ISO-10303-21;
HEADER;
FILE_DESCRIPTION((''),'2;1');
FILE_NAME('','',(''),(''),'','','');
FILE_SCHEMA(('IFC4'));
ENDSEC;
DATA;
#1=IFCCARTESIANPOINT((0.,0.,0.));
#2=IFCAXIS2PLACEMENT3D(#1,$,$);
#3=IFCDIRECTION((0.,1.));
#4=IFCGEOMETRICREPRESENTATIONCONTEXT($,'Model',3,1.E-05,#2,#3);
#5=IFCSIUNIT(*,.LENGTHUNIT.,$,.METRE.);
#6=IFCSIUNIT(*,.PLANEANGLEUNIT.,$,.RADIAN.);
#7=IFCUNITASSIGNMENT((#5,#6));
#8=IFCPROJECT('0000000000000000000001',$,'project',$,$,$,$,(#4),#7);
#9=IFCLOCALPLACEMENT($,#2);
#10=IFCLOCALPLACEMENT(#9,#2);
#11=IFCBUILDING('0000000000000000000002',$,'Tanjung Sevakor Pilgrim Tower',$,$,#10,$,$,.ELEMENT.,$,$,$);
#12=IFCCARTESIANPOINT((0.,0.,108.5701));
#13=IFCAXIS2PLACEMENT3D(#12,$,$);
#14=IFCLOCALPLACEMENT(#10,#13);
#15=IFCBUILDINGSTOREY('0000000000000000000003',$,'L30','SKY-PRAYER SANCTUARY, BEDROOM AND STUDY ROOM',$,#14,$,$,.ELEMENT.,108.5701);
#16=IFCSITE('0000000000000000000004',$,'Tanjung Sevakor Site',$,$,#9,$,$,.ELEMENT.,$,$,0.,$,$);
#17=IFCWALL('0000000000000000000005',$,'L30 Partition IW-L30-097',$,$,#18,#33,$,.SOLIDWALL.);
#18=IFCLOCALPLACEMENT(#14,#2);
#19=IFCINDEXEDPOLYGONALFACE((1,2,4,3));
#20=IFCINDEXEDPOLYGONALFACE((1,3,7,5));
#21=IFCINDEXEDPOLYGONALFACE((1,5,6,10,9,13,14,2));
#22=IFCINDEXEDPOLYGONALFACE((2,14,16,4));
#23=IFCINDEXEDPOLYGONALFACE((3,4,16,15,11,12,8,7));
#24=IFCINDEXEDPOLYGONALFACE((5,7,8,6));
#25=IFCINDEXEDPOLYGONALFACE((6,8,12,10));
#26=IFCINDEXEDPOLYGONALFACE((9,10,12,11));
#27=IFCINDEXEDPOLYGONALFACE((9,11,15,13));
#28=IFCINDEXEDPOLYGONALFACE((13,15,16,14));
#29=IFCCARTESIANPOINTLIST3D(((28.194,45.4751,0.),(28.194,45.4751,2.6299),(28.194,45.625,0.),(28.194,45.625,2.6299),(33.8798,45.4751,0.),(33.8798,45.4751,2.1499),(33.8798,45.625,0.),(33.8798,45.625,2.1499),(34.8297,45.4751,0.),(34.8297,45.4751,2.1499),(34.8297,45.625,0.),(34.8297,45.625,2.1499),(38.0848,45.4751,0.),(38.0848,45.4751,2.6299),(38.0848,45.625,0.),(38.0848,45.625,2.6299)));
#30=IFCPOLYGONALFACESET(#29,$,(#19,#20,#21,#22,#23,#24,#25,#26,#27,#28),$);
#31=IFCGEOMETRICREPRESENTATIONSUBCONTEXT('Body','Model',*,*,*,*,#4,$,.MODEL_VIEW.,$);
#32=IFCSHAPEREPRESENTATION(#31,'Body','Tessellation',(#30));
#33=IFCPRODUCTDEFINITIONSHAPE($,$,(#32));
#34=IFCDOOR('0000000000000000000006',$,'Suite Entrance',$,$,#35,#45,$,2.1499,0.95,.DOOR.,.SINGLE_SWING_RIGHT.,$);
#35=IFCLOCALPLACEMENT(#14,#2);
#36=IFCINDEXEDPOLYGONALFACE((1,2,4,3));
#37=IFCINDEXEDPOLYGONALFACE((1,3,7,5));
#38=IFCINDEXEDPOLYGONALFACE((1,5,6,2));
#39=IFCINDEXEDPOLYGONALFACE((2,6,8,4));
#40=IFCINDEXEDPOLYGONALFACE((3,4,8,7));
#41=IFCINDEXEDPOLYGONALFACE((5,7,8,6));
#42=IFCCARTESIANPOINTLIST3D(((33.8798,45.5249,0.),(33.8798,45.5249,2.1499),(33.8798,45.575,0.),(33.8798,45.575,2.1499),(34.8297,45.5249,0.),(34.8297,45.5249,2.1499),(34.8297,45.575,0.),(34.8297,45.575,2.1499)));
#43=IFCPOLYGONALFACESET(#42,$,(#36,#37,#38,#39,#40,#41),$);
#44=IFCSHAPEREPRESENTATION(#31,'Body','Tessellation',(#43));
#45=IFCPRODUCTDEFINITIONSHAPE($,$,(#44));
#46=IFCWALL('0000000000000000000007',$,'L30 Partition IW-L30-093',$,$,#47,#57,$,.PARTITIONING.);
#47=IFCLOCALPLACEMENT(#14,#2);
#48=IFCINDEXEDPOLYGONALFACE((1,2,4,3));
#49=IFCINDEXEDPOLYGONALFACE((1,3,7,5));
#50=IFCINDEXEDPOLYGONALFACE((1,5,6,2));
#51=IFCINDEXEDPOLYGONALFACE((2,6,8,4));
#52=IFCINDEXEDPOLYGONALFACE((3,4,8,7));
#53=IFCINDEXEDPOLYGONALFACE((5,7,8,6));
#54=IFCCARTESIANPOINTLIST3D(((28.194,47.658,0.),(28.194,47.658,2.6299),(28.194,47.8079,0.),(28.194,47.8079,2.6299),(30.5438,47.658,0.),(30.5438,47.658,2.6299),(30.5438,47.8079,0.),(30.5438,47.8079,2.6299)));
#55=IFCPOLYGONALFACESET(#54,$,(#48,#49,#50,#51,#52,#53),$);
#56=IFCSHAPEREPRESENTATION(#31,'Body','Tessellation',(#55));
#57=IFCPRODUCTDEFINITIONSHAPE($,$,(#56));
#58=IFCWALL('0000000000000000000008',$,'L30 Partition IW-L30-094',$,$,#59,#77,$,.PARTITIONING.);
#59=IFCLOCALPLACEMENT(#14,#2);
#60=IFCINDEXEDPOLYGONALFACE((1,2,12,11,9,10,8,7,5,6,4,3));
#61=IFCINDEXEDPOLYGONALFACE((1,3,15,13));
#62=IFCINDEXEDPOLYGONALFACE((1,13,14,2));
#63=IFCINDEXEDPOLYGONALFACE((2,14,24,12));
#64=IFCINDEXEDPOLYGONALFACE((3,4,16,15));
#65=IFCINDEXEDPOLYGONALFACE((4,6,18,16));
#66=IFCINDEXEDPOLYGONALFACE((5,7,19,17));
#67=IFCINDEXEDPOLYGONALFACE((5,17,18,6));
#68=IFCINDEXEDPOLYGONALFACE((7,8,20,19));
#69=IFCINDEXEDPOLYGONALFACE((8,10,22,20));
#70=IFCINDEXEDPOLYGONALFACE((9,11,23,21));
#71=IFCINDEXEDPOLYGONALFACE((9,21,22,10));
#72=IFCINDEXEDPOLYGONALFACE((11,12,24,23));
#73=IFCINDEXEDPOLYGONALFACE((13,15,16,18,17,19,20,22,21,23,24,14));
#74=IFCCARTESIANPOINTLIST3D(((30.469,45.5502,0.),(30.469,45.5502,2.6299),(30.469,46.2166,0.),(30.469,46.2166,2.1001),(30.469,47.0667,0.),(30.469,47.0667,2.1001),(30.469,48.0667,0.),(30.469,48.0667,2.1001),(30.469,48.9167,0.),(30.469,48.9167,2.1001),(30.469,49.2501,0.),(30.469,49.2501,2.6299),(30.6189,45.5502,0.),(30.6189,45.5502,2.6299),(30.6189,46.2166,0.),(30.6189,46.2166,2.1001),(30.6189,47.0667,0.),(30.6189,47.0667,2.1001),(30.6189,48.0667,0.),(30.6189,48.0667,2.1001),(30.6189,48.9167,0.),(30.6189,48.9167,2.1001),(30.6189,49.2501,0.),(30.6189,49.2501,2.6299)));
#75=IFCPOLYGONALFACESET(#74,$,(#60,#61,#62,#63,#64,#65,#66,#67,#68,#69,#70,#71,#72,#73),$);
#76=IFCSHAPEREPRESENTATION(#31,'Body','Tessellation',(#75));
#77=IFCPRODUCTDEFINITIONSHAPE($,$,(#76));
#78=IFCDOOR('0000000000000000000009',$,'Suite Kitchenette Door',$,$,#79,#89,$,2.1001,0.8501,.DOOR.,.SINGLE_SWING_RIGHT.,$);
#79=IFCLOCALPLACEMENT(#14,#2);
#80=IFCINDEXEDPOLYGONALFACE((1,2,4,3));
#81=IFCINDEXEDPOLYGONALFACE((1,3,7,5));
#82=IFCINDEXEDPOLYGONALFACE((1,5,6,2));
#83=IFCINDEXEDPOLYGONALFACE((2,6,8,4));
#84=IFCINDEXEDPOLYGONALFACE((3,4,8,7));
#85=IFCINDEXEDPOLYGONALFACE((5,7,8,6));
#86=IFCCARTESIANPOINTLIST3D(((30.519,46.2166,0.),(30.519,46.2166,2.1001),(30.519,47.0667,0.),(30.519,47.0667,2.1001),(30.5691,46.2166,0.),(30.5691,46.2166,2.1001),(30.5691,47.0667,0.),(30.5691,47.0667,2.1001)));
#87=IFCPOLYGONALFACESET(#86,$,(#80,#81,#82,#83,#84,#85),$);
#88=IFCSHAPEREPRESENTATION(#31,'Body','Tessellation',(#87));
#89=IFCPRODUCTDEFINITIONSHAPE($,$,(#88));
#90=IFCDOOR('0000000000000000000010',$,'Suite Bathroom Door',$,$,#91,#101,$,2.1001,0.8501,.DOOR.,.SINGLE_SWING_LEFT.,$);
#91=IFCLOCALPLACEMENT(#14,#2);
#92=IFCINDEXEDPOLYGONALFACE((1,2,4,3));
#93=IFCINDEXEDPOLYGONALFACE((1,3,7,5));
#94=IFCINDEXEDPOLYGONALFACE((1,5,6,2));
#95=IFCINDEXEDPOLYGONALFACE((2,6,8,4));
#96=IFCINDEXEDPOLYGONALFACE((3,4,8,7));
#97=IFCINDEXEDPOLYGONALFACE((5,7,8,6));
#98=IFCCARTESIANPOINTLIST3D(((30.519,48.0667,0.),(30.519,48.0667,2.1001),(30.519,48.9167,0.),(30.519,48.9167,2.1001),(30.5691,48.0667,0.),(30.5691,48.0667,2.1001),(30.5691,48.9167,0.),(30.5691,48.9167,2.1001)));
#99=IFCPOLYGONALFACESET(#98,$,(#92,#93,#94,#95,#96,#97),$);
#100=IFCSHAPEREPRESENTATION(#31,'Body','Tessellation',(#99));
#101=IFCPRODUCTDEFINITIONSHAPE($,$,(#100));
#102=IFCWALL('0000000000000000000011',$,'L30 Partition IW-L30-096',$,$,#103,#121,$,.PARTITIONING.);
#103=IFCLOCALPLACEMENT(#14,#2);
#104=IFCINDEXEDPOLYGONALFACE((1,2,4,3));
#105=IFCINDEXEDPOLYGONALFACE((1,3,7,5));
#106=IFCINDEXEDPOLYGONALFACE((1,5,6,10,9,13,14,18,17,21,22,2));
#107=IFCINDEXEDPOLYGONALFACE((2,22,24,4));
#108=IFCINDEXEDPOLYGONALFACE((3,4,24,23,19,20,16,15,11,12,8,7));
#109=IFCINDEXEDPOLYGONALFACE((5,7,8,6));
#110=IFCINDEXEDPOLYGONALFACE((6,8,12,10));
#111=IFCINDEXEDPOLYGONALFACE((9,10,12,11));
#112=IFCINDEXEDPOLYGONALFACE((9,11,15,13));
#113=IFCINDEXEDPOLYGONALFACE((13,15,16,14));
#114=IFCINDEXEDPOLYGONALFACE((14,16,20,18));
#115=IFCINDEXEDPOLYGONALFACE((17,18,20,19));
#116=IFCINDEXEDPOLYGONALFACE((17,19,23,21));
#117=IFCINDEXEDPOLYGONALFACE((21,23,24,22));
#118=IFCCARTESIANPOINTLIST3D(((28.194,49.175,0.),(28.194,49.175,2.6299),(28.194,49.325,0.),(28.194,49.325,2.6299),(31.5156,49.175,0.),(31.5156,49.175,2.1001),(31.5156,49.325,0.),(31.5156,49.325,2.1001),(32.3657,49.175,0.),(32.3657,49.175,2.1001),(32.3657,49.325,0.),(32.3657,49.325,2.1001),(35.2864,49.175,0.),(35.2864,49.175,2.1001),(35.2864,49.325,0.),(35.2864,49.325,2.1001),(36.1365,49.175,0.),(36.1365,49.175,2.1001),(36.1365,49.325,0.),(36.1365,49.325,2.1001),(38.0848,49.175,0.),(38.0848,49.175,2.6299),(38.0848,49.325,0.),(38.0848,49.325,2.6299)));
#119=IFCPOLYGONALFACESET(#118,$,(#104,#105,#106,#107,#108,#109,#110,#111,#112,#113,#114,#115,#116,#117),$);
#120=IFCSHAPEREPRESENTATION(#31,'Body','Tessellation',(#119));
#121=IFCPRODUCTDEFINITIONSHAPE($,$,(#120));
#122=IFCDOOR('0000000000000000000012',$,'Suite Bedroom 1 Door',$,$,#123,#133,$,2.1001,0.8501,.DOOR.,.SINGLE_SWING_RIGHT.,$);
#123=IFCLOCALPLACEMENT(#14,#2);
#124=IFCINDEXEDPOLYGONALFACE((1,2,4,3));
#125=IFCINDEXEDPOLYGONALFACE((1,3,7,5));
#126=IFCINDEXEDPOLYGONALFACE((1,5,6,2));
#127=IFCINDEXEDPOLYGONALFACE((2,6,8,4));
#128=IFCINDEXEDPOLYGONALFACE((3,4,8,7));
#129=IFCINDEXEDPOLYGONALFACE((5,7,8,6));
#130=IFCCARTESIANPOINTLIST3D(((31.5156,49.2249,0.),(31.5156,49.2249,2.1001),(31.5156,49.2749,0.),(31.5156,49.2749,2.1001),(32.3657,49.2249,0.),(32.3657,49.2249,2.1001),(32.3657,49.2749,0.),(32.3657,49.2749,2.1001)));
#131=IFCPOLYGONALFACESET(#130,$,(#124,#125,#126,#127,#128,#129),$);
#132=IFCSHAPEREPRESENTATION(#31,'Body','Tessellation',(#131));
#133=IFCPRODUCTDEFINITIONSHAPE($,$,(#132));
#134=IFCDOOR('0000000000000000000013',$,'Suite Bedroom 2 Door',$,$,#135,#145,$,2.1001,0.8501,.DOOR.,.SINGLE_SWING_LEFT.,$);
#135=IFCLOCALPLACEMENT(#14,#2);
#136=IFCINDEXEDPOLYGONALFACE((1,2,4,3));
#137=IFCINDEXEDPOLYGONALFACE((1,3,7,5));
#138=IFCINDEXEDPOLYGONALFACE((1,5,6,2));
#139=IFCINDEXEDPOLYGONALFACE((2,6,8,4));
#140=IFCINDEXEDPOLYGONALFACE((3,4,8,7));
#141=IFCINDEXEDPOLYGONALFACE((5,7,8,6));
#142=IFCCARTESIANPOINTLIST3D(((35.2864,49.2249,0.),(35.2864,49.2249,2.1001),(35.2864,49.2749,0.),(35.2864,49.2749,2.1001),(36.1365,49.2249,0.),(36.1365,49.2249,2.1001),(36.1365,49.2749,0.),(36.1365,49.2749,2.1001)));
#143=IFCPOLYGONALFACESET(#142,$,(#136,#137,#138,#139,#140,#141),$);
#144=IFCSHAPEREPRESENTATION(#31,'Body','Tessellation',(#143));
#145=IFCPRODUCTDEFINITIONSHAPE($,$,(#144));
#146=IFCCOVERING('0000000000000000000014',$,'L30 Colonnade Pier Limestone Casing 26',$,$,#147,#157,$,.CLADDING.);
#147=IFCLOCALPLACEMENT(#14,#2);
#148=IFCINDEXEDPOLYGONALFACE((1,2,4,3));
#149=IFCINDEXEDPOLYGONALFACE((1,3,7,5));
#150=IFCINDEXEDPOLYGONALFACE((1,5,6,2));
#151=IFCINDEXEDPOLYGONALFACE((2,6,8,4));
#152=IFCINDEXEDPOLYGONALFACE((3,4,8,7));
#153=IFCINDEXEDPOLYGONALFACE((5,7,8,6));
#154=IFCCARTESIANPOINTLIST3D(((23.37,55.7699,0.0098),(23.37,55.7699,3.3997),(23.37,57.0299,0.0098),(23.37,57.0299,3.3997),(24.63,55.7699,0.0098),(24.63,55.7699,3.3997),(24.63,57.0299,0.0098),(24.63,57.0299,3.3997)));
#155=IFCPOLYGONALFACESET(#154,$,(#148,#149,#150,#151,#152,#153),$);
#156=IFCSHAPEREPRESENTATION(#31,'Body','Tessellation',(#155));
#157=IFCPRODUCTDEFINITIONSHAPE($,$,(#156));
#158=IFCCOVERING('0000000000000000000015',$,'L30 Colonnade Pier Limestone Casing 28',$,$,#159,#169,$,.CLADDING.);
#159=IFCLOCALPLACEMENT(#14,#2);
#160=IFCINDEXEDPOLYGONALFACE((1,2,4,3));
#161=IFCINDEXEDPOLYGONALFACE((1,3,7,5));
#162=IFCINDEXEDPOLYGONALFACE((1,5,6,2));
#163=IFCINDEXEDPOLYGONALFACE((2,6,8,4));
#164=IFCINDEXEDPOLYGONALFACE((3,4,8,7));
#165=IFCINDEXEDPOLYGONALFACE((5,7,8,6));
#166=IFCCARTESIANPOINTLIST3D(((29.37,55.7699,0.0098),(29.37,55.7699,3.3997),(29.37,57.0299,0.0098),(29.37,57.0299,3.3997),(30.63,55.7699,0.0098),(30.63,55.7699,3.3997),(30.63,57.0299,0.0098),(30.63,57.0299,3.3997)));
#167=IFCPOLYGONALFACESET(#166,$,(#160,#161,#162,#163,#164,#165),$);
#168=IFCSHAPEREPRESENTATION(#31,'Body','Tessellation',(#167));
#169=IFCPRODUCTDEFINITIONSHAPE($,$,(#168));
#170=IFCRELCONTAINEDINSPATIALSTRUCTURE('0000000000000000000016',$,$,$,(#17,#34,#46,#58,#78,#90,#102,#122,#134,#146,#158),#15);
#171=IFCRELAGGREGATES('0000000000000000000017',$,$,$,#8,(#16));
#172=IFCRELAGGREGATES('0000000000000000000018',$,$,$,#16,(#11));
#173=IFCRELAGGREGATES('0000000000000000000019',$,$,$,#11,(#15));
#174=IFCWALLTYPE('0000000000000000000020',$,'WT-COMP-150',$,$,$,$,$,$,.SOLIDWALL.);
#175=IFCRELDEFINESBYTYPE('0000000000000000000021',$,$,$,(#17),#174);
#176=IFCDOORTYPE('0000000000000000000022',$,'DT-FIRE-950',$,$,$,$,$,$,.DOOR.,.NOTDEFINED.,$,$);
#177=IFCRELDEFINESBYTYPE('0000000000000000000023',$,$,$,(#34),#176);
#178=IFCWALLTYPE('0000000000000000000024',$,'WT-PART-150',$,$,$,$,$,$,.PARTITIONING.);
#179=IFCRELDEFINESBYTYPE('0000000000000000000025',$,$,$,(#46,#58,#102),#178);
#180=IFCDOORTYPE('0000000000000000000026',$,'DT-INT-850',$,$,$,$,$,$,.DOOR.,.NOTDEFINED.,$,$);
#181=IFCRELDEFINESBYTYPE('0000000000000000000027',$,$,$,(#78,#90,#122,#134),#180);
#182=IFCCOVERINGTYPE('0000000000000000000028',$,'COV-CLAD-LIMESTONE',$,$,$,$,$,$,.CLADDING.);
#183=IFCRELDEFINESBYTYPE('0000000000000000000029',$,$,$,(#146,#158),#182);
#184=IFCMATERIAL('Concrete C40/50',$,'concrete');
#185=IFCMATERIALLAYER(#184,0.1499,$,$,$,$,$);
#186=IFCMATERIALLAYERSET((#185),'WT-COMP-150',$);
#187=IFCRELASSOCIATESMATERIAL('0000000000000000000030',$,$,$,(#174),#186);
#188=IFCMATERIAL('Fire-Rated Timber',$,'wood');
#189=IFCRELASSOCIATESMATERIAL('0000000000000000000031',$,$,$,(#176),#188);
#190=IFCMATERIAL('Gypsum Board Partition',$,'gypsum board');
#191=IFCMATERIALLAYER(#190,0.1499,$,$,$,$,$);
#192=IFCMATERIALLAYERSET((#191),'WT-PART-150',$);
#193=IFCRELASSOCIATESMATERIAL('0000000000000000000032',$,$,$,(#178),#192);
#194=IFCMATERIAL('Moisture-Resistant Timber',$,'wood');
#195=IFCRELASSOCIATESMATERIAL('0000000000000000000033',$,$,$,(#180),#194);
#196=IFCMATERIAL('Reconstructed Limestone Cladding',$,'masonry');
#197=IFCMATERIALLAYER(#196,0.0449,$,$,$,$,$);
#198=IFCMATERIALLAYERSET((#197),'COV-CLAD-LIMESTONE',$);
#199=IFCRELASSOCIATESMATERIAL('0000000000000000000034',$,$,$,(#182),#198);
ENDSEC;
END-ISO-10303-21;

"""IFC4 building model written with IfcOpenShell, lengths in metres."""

from ifc_helpers import new_model, si_unit, direction, frame, frame_2d, origin, origin_2d, place, context, subcontext, project, spatial, rectangle, extrude, material, layer, layer_set, type_object, element, fill, save


model = new_model("IFC4")

# Units and contexts
model_context = context("Model", 3, precision=1e-05, world=origin(), true_north=direction((0.0, 1.0)))
body_context = subcontext(model_context, "Body", "Model", "MODEL_VIEW")
ifc_project = project(units=[si_unit("LENGTHUNIT", "METRE"), si_unit("PLANEANGLEUNIT", "RADIAN")], contexts=[model_context])

# Site, building, storey
site_placement = place(None, origin())
site = spatial("IfcSite", under=ifc_project, at=site_placement, Name="Tanjung Sevakor Site", CompositionType="ELEMENT", RefElevation=0.0)
building_placement = place(site_placement, origin())
building = spatial("IfcBuilding", under=site, at=building_placement, Name="Tanjung Sevakor Pilgrim Tower", CompositionType="ELEMENT")
storey_placement = place(building_placement, frame((0.0, 0.0, 108.5701)))
storey = spatial("IfcBuildingStorey", under=building, at=storey_placement, Name="L30", Description="SKY-PRAYER SANCTUARY, BEDROOM AND STUDY ROOM", CompositionType="ELEMENT", Elevation=108.5701)

# Wall, opening, door
ifc_material_1 = material(Name="Concrete C40/50", Category="concrete")
ifc_layer_1 = layer(ifc_material_1, 0.1499)
ifc_layer_set_1 = layer_set([ifc_layer_1], Name="WT-COMP-150")
wall_type_1 = type_object("IfcWallType", Name="WT-COMP-150", PredefinedType="SOLIDWALL", material=ifc_layer_set_1)
wall_1_placement = place(storey_placement, frame((28.1941, 45.55, 0.0), z_axis=(0.0, 0.0, 1.0), x_axis=(1.0, 0.0, 0.0)))
wall_1 = element("IfcWall", 1, at=wall_1_placement, inside=storey, type_object=wall_type_1, Name="L30 Partition IW-L30-097", PredefinedType="SOLIDWALL", context=body_context, shape_type="SweptSolid", body=[
    extrude(rectangle(XDim=9.8909, YDim=0.1499, at=frame_2d((4.9453, 0.0))), origin(), (0.0, 0.0, 1.0), 2.6299),
])
opening_1_placement = place(wall_1_placement, frame((5.6855, 0.0, 0.0)))
opening_1 = element("IfcOpeningElement", 2, at=opening_1_placement, cuts=wall_1, PredefinedType="OPENING", context=body_context, shape_type="SweptSolid", body=[
    extrude(rectangle(XDim=0.95, YDim=2.1499, at=frame_2d((0.4751, 1.075))), frame((0.0, 0.085, 0.0), z_axis=(0.0, -1.0, 0.0), x_axis=(1.0, 0.0, 0.0)), (0.0, 0.0, 1.0), 0.1699),
])
ifc_material_2 = material(Name="Fire-Rated Timber", Category="wood")
door_type_1 = type_object("IfcDoorType", Name="DT-FIRE-950", OperationType="NOTDEFINED", PredefinedType="DOOR", material=ifc_material_2)
door_1_placement = place(opening_1_placement, origin())
door_1 = element("IfcDoor", 3, at=door_1_placement, inside=storey, type_object=door_type_1, Name="Suite Entrance", OperationType="SINGLE_SWING_RIGHT", OverallHeight=2.1499, OverallWidth=0.95, PredefinedType="DOOR", context=body_context, shape_type="SweptSolid", body=[
    extrude(rectangle(XDim=0.95, YDim=2.1499, at=frame_2d((0.4751, 1.075))), frame((0.0, 0.0249, 0.0), z_axis=(0.0, -1.0, 0.0), x_axis=(1.0, 0.0, 0.0)), (0.0, 0.0, 1.0), 0.05),
])
fill(opening_1, door_1)

# Wall
ifc_material_3 = material(Name="Gypsum Board Partition", Category="gypsum board")
ifc_layer_2 = layer(ifc_material_3, 0.1499)
ifc_layer_set_2 = layer_set([ifc_layer_2], Name="WT-PART-150")
wall_type_2 = type_object("IfcWallType", Name="WT-PART-150", PredefinedType="PARTITIONING", material=ifc_layer_set_2)
wall_2_placement = place(storey_placement, frame((28.1941, 47.7329, 0.0), z_axis=(0.0, 0.0, 1.0), x_axis=(1.0, 0.0, 0.0)))
element("IfcWall", 4, at=wall_2_placement, inside=storey, type_object=wall_type_2, Name="L30 Partition IW-L30-093", PredefinedType="PARTITIONING", context=body_context, shape_type="SweptSolid", body=[
    extrude(rectangle(XDim=2.3499, YDim=0.1499, at=frame_2d((1.1748, 0.0))), origin(), (0.0, 0.0, 1.0), 2.6299),
])

# Walls, openings, doors
wall_3_placement = place(storey_placement, frame((30.5439, 45.55, 0.0), z_axis=(0.0, 0.0, 1.0), x_axis=(0.0, 1.0, 0.0)))
wall_3 = element("IfcWall", 5, at=wall_3_placement, inside=storey, type_object=wall_type_2, Name="L30 Partition IW-L30-094", PredefinedType="PARTITIONING", context=body_context, shape_type="SweptSolid", body=[
    extrude(rectangle(XDim=3.7, YDim=0.1499, at=frame_2d((1.8501, 0.0))), origin(), (0.0, 0.0, 1.0), 2.6299),
])
opening_2_placement = place(wall_3_placement, frame((0.6665, 0.0, 0.0)))
opening_2 = element("IfcOpeningElement", 6, at=opening_2_placement, cuts=wall_3, PredefinedType="OPENING", context=body_context, shape_type="SweptSolid", body=[
    extrude(rectangle(XDim=0.8501, YDim=2.1001, at=frame_2d((0.425, 1.05))), frame((0.0, 0.085, 0.0), z_axis=(0.0, -1.0, 0.0), x_axis=(1.0, 0.0, 0.0)), (0.0, 0.0, 1.0), 0.1699),
])
opening_3_placement = place(wall_3_placement, frame((2.5166, 0.0, 0.0)))
opening_3 = element("IfcOpeningElement", 7, at=opening_3_placement, cuts=wall_3, PredefinedType="OPENING", context=body_context, shape_type="SweptSolid", body=[
    extrude(rectangle(XDim=0.8501, YDim=2.1001, at=frame_2d((0.425, 1.05))), frame((0.0, 0.085, 0.0), z_axis=(0.0, -1.0, 0.0), x_axis=(1.0, 0.0, 0.0)), (0.0, 0.0, 1.0), 0.1699),
])
ifc_material_4 = material(Name="Moisture-Resistant Timber", Category="wood")
door_type_2 = type_object("IfcDoorType", Name="DT-INT-850", OperationType="NOTDEFINED", PredefinedType="DOOR", material=ifc_material_4)
door_2_placement = place(opening_2_placement, origin())
door_2 = element("IfcDoor", 8, at=door_2_placement, inside=storey, type_object=door_type_2, Name="Suite Kitchenette Door", OperationType="SINGLE_SWING_RIGHT", OverallHeight=2.1001, OverallWidth=0.8501, PredefinedType="DOOR", context=body_context, shape_type="SweptSolid", body=[
    extrude(rectangle(XDim=0.8501, YDim=2.1001, at=frame_2d((0.425, 1.05))), frame((0.0, 0.0249, 0.0), z_axis=(0.0, -1.0, 0.0), x_axis=(1.0, 0.0, 0.0)), (0.0, 0.0, 1.0), 0.05),
])
fill(opening_2, door_2)
door_3_placement = place(opening_3_placement, origin())
door_3 = element("IfcDoor", 9, at=door_3_placement, inside=storey, type_object=door_type_2, Name="Suite Bathroom Door", OperationType="SINGLE_SWING_LEFT", OverallHeight=2.1001, OverallWidth=0.8501, PredefinedType="DOOR", context=body_context, shape_type="SweptSolid", body=[
    extrude(rectangle(XDim=0.8501, YDim=2.1001, at=frame_2d((0.425, 1.05))), frame((0.0, 0.0249, 0.0), z_axis=(0.0, -1.0, 0.0), x_axis=(1.0, 0.0, 0.0)), (0.0, 0.0, 1.0), 0.05),
])
fill(opening_3, door_3)
wall_4_placement = place(storey_placement, frame((28.1941, 49.25, 0.0), z_axis=(0.0, 0.0, 1.0), x_axis=(1.0, 0.0, 0.0)))
wall_4 = element("IfcWall", 10, at=wall_4_placement, inside=storey, type_object=wall_type_2, Name="L30 Partition IW-L30-096", PredefinedType="PARTITIONING", context=body_context, shape_type="SweptSolid", body=[
    extrude(rectangle(XDim=9.8909, YDim=0.1499, at=frame_2d((4.9453, 0.0))), origin(), (0.0, 0.0, 1.0), 2.6299),
])
opening_4_placement = place(wall_4_placement, frame((3.3215, 0.0, 0.0)))
opening_4 = element("IfcOpeningElement", 11, at=opening_4_placement, cuts=wall_4, PredefinedType="OPENING", context=body_context, shape_type="SweptSolid", body=[
    extrude(rectangle(XDim=0.8501, YDim=2.1001, at=frame_2d((0.425, 1.05))), frame((0.0, 0.085, 0.0), z_axis=(0.0, -1.0, 0.0), x_axis=(1.0, 0.0, 0.0)), (0.0, 0.0, 1.0), 0.1699),
])
opening_5_placement = place(wall_4_placement, frame((7.0923, 0.0, 0.0)))
opening_5 = element("IfcOpeningElement", 12, at=opening_5_placement, cuts=wall_4, PredefinedType="OPENING", context=body_context, shape_type="SweptSolid", body=[
    extrude(rectangle(XDim=0.8501, YDim=2.1001, at=frame_2d((0.425, 1.05))), frame((0.0, 0.085, 0.0), z_axis=(0.0, -1.0, 0.0), x_axis=(1.0, 0.0, 0.0)), (0.0, 0.0, 1.0), 0.1699),
])
door_4_placement = place(opening_4_placement, origin())
door_4 = element("IfcDoor", 13, at=door_4_placement, inside=storey, type_object=door_type_2, Name="Suite Bedroom 1 Door", OperationType="SINGLE_SWING_RIGHT", OverallHeight=2.1001, OverallWidth=0.8501, PredefinedType="DOOR", context=body_context, shape_type="SweptSolid", body=[
    extrude(rectangle(XDim=0.8501, YDim=2.1001, at=frame_2d((0.425, 1.05))), frame((0.0, 0.0249, 0.0), z_axis=(0.0, -1.0, 0.0), x_axis=(1.0, 0.0, 0.0)), (0.0, 0.0, 1.0), 0.05),
])
fill(opening_4, door_4)
door_5_placement = place(opening_5_placement, origin())
door_5 = element("IfcDoor", 14, at=door_5_placement, inside=storey, type_object=door_type_2, Name="Suite Bedroom 2 Door", OperationType="SINGLE_SWING_LEFT", OverallHeight=2.1001, OverallWidth=0.8501, PredefinedType="DOOR", context=body_context, shape_type="SweptSolid", body=[
    extrude(rectangle(XDim=0.8501, YDim=2.1001, at=frame_2d((0.425, 1.05))), frame((0.0, 0.0249, 0.0), z_axis=(0.0, -1.0, 0.0), x_axis=(1.0, 0.0, 0.0)), (0.0, 0.0, 1.0), 0.05),
])
fill(opening_5, door_5)

# Coverings
ifc_material_5 = material(Name="Reconstructed Limestone Cladding", Category="masonry")
ifc_layer_3 = layer(ifc_material_5, 0.0449)
ifc_layer_set_3 = layer_set([ifc_layer_3], Name="COV-CLAD-LIMESTONE")
covering_type = type_object("IfcCoveringType", Name="COV-CLAD-LIMESTONE", PredefinedType="CLADDING", material=ifc_layer_set_3)
for number, where, z_axis, x_axis, name in (
    (15, (24.0, 56.3999, 0.0098), (0.0, 0.0, 1.0), (1.0, 0.0, 0.0), "L30 Colonnade Pier Limestone Casing 26"),
    (16, (30.0, 56.3999, 0.0098), (0.0, 0.0, 1.0), (1.0, 0.0, 0.0), "L30 Colonnade Pier Limestone Casing 28"),
):
    element("IfcCovering", number, at=place(storey_placement, frame(where, z_axis=z_axis, x_axis=x_axis)), inside=storey, type_object=covering_type, Name=name, PredefinedType="CLADDING", context=body_context, shape_type="SweptSolid", body=[
        extrude(rectangle(XDim=1.26, YDim=1.26, at=origin_2d()), origin(), (0.0, 0.0, 1.0), 3.3899),
    ])

save(model, "model.ifc")
